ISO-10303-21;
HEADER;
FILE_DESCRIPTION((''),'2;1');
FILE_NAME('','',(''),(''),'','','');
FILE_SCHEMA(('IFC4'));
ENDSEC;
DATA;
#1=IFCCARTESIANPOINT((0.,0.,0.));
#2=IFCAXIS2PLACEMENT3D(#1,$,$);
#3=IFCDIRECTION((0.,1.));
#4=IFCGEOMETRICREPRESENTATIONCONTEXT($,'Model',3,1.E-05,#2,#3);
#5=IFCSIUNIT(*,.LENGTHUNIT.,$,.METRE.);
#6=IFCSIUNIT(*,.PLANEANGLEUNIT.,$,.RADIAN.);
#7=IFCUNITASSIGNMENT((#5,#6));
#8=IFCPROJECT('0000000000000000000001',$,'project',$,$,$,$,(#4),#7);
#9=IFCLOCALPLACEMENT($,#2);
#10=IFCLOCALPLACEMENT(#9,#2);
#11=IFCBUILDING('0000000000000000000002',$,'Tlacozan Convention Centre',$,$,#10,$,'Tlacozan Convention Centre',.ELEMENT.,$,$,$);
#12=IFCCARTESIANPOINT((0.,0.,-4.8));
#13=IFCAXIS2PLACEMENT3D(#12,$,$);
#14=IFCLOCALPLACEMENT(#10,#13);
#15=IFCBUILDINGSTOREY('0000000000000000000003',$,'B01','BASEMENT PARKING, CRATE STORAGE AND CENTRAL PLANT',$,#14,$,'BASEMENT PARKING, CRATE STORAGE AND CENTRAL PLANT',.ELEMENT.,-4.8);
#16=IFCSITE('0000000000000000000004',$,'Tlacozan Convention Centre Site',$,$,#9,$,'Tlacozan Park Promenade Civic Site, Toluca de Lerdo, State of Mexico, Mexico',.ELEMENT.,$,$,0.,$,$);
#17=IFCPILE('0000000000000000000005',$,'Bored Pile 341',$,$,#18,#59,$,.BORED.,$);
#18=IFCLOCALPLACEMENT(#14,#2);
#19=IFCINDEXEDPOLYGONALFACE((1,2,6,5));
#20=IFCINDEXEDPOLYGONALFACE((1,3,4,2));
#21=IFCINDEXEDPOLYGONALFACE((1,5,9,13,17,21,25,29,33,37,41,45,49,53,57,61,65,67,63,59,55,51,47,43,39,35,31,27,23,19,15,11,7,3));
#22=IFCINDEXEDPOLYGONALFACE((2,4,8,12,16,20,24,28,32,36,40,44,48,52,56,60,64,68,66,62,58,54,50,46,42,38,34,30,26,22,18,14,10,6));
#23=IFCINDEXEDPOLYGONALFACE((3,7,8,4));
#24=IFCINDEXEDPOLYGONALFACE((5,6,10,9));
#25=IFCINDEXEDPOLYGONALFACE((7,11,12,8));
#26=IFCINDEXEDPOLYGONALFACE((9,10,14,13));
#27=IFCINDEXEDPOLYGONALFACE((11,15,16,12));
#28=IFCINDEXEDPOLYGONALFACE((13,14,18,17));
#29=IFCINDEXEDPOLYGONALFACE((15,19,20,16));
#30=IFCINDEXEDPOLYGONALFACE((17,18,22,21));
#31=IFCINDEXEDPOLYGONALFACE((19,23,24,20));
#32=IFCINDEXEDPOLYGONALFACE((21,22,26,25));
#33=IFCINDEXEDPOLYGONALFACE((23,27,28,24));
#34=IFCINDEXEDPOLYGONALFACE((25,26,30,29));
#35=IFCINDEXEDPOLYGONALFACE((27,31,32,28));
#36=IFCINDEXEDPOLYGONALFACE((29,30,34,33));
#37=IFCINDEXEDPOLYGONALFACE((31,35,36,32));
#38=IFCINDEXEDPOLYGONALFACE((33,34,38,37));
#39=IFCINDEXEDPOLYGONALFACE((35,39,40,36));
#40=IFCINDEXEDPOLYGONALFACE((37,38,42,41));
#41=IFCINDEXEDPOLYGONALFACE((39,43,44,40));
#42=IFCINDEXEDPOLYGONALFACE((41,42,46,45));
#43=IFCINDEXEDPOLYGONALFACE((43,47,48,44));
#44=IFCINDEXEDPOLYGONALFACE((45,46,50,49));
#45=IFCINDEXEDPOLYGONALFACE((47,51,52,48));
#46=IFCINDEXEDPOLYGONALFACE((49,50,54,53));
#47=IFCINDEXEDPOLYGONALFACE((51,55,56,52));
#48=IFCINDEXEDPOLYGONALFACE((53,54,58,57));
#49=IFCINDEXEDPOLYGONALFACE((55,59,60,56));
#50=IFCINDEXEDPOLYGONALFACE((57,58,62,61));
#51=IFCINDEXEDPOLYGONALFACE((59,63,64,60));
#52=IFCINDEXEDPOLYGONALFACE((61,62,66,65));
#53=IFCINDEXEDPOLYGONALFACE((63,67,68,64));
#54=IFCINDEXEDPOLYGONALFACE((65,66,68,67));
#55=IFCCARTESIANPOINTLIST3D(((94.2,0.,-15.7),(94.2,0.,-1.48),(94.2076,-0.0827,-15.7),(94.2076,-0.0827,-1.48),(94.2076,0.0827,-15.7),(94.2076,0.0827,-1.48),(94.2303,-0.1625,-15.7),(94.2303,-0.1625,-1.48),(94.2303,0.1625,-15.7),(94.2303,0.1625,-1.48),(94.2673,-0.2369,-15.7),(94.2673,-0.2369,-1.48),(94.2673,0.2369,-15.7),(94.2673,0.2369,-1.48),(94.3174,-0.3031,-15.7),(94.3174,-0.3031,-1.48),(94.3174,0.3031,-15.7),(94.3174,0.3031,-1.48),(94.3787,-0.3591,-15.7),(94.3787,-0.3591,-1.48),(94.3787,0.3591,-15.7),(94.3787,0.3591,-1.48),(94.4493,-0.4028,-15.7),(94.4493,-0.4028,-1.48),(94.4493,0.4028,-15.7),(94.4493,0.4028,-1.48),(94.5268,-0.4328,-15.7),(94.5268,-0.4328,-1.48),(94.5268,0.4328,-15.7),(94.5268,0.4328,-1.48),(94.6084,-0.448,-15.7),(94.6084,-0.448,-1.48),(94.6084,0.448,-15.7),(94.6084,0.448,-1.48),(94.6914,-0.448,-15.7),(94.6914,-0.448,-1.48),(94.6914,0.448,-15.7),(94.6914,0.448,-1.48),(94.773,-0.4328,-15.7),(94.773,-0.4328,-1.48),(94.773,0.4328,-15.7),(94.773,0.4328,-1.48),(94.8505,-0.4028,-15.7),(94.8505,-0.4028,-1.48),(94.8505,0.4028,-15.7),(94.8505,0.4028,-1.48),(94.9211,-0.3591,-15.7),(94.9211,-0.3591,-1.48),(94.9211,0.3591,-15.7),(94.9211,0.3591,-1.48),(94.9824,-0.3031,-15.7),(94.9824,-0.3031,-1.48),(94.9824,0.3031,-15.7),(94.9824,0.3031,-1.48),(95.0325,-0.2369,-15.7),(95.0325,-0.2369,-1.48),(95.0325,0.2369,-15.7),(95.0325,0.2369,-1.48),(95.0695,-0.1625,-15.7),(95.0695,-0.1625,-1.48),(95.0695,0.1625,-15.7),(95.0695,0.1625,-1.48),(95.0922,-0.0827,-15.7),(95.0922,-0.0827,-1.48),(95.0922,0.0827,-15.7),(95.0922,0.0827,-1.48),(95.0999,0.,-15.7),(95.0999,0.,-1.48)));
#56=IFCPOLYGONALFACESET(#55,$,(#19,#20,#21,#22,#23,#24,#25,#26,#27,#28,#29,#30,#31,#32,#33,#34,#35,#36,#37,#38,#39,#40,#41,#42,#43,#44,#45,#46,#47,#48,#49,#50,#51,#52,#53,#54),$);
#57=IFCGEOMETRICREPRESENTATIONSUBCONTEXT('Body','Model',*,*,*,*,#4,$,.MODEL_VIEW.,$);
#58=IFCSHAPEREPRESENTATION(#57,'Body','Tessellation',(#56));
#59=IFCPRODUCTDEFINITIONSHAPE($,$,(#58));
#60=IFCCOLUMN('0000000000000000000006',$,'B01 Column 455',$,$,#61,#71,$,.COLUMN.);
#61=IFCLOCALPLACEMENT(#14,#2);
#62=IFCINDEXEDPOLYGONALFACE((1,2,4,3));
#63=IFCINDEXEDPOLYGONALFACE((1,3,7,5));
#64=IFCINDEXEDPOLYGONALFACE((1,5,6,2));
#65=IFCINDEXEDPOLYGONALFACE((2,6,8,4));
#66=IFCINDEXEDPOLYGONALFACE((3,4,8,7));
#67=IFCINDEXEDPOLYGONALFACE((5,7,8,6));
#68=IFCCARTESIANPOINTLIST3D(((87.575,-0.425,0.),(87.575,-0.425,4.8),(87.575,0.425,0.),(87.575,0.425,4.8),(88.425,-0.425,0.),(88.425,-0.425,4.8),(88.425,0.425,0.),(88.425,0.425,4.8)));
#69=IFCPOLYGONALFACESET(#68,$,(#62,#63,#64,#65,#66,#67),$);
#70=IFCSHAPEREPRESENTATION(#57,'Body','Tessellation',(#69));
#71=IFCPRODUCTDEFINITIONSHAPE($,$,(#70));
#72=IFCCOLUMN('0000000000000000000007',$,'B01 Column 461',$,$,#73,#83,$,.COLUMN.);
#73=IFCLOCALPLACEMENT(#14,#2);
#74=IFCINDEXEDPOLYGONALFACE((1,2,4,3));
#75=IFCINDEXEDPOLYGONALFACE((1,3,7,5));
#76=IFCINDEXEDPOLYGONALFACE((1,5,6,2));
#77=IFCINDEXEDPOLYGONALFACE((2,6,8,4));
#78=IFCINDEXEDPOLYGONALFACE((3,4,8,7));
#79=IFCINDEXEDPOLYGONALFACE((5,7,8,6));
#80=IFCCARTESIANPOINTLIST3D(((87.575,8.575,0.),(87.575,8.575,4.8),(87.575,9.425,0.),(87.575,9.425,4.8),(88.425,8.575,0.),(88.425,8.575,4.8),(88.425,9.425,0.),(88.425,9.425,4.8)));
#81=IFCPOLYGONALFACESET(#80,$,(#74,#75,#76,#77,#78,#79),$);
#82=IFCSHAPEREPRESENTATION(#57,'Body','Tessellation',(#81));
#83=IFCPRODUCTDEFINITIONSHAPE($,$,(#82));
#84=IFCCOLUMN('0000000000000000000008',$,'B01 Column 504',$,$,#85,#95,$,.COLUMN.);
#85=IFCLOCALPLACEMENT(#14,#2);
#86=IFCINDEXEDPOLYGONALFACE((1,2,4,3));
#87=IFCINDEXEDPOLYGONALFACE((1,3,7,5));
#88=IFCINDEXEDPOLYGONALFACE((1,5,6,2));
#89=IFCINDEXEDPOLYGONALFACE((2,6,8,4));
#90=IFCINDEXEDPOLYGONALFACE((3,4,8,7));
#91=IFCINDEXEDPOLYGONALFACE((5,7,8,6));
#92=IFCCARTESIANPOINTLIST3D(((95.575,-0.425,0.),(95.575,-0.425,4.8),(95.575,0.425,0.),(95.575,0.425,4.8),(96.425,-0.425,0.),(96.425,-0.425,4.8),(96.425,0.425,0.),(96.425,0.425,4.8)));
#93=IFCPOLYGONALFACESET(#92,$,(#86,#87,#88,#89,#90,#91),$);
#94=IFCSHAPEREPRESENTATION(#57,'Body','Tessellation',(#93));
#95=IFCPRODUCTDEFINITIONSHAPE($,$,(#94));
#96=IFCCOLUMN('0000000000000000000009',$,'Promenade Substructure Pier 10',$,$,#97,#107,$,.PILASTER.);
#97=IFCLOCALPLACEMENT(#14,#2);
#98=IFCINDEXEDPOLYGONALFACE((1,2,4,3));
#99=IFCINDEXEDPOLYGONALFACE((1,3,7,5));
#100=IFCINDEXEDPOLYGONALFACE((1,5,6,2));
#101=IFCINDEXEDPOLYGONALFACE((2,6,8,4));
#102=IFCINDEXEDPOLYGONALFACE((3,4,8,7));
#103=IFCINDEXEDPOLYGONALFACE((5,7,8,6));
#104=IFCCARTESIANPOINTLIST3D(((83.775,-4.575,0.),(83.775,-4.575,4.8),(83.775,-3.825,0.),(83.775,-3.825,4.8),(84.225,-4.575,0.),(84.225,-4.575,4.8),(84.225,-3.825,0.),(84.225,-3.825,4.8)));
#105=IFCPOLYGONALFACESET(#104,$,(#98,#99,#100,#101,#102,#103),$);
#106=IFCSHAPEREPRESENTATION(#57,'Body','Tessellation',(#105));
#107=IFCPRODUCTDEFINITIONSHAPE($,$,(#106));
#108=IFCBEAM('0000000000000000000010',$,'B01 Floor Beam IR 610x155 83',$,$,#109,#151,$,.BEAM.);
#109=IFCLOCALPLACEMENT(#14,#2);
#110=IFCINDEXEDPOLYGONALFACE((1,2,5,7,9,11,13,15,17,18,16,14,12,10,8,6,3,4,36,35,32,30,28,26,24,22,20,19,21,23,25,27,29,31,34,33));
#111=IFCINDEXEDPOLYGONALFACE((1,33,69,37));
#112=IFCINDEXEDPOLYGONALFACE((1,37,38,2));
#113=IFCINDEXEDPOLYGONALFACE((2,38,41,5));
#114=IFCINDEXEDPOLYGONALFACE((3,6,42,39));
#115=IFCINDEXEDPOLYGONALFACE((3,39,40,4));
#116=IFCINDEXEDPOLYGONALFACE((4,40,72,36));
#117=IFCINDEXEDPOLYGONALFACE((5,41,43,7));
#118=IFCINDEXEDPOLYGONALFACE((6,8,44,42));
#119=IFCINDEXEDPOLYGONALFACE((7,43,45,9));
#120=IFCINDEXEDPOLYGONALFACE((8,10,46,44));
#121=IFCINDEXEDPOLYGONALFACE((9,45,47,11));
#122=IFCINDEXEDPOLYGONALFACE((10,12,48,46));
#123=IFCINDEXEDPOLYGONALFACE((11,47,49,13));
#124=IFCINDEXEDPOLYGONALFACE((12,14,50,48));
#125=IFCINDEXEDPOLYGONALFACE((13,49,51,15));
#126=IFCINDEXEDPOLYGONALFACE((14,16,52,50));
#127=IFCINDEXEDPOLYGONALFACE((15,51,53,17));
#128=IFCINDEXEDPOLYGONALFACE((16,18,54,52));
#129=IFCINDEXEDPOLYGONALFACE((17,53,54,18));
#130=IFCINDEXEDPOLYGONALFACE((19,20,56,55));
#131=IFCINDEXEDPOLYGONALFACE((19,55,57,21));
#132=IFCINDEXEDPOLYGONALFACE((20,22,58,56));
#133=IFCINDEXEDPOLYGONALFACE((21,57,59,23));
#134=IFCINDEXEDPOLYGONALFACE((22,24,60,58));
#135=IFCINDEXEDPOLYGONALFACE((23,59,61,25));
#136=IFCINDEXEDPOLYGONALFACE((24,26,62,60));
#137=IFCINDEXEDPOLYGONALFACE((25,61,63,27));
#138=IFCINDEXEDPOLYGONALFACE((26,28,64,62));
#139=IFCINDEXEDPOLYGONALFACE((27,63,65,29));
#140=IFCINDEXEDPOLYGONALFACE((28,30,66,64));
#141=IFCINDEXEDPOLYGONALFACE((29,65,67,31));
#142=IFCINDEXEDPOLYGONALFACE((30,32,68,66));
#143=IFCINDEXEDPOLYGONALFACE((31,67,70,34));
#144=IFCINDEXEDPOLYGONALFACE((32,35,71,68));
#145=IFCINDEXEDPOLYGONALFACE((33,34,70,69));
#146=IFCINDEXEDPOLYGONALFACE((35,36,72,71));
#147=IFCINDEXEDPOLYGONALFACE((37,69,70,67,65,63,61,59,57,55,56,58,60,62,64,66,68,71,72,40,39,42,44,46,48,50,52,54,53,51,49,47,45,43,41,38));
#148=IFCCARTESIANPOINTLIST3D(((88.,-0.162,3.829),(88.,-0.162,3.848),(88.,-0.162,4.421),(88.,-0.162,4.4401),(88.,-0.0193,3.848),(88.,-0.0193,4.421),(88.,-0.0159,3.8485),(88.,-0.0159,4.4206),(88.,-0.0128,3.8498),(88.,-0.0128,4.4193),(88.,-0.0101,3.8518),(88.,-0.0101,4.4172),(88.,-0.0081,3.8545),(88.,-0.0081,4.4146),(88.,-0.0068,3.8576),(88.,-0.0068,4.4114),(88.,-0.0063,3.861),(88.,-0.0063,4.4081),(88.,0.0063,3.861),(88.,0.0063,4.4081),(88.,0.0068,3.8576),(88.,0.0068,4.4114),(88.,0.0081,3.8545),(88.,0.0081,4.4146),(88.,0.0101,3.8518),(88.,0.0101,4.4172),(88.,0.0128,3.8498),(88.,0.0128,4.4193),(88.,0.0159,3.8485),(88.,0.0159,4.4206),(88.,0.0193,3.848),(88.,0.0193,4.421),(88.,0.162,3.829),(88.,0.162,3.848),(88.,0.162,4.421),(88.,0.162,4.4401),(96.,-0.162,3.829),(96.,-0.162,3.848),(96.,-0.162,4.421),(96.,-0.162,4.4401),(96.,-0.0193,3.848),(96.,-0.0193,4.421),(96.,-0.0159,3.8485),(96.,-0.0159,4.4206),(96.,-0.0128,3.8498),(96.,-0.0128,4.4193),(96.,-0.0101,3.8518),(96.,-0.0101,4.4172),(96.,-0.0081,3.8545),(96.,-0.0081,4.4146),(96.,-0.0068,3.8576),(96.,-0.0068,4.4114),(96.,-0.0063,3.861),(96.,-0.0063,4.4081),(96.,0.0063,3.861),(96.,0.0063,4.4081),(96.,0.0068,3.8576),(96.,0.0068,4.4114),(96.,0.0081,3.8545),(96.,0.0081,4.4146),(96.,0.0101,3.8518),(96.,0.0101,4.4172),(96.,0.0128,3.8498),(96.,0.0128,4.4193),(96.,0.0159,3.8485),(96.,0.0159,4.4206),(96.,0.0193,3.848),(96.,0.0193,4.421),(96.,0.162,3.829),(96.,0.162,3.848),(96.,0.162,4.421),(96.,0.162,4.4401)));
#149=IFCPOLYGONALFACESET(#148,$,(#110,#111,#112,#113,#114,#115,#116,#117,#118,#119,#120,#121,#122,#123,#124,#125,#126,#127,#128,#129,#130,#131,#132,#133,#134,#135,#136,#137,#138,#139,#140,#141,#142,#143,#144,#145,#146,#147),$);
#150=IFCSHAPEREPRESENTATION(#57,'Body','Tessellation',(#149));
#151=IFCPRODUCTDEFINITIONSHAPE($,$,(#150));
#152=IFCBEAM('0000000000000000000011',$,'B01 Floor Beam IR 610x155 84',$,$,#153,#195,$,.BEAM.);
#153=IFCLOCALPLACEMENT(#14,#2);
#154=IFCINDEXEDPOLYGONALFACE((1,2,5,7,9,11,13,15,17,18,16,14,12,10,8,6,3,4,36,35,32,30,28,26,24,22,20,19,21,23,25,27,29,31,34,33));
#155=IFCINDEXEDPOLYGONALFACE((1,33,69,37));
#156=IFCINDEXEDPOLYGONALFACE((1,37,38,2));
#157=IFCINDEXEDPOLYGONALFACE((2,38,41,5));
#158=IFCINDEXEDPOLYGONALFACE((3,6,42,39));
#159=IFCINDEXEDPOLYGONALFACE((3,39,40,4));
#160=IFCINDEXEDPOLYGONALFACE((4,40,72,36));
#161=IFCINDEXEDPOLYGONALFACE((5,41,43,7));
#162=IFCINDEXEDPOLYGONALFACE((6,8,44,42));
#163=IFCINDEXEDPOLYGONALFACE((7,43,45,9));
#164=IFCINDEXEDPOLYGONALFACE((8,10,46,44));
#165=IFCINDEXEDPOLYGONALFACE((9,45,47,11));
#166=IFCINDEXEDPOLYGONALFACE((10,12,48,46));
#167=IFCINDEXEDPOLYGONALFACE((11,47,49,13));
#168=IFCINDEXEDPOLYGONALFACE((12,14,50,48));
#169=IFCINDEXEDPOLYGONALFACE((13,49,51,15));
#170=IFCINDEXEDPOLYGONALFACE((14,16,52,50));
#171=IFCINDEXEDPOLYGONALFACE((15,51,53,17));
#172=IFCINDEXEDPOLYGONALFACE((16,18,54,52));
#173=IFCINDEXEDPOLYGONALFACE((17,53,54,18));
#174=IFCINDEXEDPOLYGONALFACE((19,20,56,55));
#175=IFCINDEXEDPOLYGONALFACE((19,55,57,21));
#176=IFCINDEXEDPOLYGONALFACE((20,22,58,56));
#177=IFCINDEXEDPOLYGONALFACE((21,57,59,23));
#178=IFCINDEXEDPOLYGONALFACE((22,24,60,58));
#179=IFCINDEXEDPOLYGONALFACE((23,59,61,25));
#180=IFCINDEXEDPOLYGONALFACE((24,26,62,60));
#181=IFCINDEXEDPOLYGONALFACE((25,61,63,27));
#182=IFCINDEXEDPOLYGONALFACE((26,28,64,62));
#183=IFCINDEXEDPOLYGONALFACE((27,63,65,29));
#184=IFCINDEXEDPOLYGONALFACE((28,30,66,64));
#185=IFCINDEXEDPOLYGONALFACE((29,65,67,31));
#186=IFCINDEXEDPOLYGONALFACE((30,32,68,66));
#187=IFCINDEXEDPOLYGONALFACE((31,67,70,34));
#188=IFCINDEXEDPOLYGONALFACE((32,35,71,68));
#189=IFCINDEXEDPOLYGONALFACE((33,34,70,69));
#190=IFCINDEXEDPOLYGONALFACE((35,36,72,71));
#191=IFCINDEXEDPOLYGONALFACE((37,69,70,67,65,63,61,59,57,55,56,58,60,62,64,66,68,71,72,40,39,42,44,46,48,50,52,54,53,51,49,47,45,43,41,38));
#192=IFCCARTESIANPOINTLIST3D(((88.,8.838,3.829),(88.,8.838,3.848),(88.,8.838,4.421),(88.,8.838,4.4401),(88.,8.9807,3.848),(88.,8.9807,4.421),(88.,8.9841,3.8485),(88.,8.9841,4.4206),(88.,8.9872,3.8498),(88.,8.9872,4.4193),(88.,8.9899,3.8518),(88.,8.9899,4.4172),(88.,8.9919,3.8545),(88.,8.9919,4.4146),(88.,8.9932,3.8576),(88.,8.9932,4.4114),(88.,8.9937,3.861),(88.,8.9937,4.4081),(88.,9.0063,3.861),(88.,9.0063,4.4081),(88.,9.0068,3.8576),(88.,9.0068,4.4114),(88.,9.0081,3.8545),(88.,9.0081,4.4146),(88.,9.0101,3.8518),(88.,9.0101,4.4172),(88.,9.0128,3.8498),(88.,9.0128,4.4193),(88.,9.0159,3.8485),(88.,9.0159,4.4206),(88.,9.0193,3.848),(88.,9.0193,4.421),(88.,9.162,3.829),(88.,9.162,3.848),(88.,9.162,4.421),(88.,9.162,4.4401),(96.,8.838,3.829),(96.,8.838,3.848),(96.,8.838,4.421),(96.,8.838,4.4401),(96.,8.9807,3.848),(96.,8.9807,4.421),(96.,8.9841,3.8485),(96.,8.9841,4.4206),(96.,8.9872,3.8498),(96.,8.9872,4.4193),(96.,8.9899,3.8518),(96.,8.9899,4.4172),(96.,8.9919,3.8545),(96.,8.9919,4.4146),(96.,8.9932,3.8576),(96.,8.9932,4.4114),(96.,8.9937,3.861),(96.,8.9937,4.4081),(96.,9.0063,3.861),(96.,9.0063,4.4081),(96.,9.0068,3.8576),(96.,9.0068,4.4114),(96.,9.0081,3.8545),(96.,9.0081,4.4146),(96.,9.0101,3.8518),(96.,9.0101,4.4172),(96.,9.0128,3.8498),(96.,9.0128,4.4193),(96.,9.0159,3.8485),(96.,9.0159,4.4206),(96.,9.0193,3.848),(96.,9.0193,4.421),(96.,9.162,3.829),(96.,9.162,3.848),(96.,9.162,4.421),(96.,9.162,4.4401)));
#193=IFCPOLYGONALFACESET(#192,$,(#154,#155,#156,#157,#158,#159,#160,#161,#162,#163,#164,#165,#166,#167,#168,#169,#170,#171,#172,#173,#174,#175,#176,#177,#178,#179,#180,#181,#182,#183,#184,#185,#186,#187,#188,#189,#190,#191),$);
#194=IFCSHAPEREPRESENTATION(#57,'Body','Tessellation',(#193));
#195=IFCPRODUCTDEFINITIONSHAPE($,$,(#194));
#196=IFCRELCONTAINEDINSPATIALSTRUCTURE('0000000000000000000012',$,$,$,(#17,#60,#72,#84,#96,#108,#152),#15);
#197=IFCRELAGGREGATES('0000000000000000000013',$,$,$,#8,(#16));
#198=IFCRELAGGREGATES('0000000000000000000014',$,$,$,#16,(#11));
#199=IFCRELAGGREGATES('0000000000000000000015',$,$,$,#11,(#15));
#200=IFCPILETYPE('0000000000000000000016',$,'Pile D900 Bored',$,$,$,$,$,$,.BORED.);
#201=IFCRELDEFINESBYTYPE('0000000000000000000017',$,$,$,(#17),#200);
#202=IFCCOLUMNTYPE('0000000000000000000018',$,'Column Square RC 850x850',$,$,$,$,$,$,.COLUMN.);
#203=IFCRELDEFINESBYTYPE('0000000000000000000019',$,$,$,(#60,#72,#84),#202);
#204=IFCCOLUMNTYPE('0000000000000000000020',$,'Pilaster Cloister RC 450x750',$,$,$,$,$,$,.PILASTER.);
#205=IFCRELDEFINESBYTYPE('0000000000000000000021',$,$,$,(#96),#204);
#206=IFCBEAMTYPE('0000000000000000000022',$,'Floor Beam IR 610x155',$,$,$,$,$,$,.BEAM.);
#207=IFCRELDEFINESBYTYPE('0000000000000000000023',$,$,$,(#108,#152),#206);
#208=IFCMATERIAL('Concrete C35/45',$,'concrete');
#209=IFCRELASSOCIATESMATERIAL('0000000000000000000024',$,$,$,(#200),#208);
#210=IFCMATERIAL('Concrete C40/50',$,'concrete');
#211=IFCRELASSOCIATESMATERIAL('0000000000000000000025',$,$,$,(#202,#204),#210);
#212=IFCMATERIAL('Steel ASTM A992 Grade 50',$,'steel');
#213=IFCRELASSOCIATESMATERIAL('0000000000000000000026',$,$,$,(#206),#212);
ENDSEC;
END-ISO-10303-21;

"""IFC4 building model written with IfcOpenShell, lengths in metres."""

from ifc_helpers import new_model, si_unit, direction, frame, origin, origin_2d, place, context, subcontext, project, spatial, rectangle, circle, i_section, extrude, material, material_profile, profile_set, type_object, element, save


model = new_model("IFC4")

# Units and contexts
model_context = context("Model", 3, precision=1e-05, world=origin(), true_north=direction((0.0, 1.0)))
body_context = subcontext(model_context, "Body", "Model", "MODEL_VIEW")
ifc_project = project(units=[si_unit("LENGTHUNIT", "METRE"), si_unit("PLANEANGLEUNIT", "RADIAN")], contexts=[model_context])

# Site, building, storey
site_placement = place(None, origin())
site = spatial("IfcSite", under=ifc_project, at=site_placement, Name="Tlacozan Convention Centre Site", LongName="Tlacozan Park Promenade Civic Site, Toluca de Lerdo, State of Mexico, Mexico", CompositionType="ELEMENT", RefElevation=0.0)
building_placement = place(site_placement, origin())
building = spatial("IfcBuilding", under=site, at=building_placement, Name="Tlacozan Convention Centre", LongName="Tlacozan Convention Centre", CompositionType="ELEMENT")
storey_placement = place(building_placement, frame((0.0, 0.0, -4.8)))
storey = spatial("IfcBuildingStorey", under=building, at=storey_placement, Name="B01", Description="BASEMENT PARKING, CRATE STORAGE AND CENTRAL PLANT", LongName="BASEMENT PARKING, CRATE STORAGE AND CENTRAL PLANT", CompositionType="ELEMENT", Elevation=-4.8)

# Shared definitions
ifc_material_1 = material(Name="Concrete C35/45", Category="concrete")

# Pile
ifc_material_profile_1 = material_profile(ifc_material_1, circle(Radius=0.45, at=origin_2d()), Name="PILE D900")
ifc_profile_set_1 = profile_set([ifc_material_profile_1], Name="Concrete C35/45")
pile_type_1 = type_object("IfcPileType", Name="Pile D900 Bored", PredefinedType="BORED", material=ifc_profile_set_1)
for number, where, z_axis, x_axis, name in (
    (1, (94.6499, 0.0, -1.48), (0.0, 0.0, -1.0), (1.0, 0.0, 0.0), "Bored Pile 341"),
):
    element("IfcPile", number, at=place(storey_placement, frame(where, z_axis=z_axis, x_axis=x_axis)), inside=storey, type_object=pile_type_1, Name=name, PredefinedType="BORED", context=body_context, shape_type="SweptSolid", body=[
        extrude(circle(Radius=0.45, at=origin_2d()), origin(), (0.0, 0.0, 1.0), 14.22),
    ])

# Columns
ifc_material_2 = material(Name="Concrete C40/50", Category="concrete")
ifc_material_profile_2 = material_profile(ifc_material_2, rectangle(XDim=0.8501, YDim=0.8501, at=origin_2d()), Name="RC 850x850")
ifc_profile_set_2 = profile_set([ifc_material_profile_2], Name="Concrete C40/50")
column_type_1 = type_object("IfcColumnType", Name="Column Square RC 850x850", PredefinedType="COLUMN", material=ifc_profile_set_2)
for number, where, z_axis, x_axis, name in (
    (2, (88.0, 0.0, 0.0), (0.0, 0.0, 1.0), (1.0, 0.0, 0.0), "B01 Column 455"),
    (3, (88.0, 9.0, 0.0), (0.0, 0.0, 1.0), (1.0, 0.0, 0.0), "B01 Column 461"),
    (4, (96.0, 0.0, 0.0), (0.0, 0.0, 1.0), (1.0, 0.0, 0.0), "B01 Column 504"),
):
    element("IfcColumn", number, at=place(storey_placement, frame(where, z_axis=z_axis, x_axis=x_axis)), inside=storey, type_object=column_type_1, Name=name, PredefinedType="COLUMN", context=body_context, shape_type="SweptSolid", body=[
        extrude(rectangle(XDim=0.8501, YDim=0.8501, at=origin_2d()), origin(), (0.0, 0.0, 1.0), 4.8),
    ])
ifc_material_profile_3 = material_profile(ifc_material_2, rectangle(XDim=0.45, YDim=0.75, at=origin_2d()), Name="RC 450x750")
ifc_profile_set_3 = profile_set([ifc_material_profile_3], Name="Concrete C40/50")
column_type_2 = type_object("IfcColumnType", Name="Pilaster Cloister RC 450x750", PredefinedType="PILASTER", material=ifc_profile_set_3)
column_placement = place(storey_placement, frame((84.0, -4.2, 0.0), z_axis=(0.0, 0.0, 1.0), x_axis=(1.0, 0.0, 0.0)))
element("IfcColumn", 5, at=column_placement, inside=storey, type_object=column_type_2, Name="Promenade Substructure Pier 10", PredefinedType="PILASTER", context=body_context, shape_type="SweptSolid", body=[
    extrude(rectangle(XDim=0.45, YDim=0.75, at=origin_2d()), origin(), (0.0, 0.0, 1.0), 4.8),
])

# Beams
ifc_material_3 = material(Name="Steel ASTM A992 Grade 50", Category="steel")
ifc_material_profile_4 = material_profile(ifc_material_3, i_section(OverallWidth=0.324, OverallDepth=0.6111, WebThickness=0.0127, FlangeThickness=0.019, FilletRadius=0.0129, at=origin_2d()), Name="IR 610x155.0")
ifc_profile_set_4 = profile_set([ifc_material_profile_4], Name="Steel ASTM A992 Grade 50")
beam_type_1 = type_object("IfcBeamType", Name="Floor Beam IR 610x155", PredefinedType="BEAM", material=ifc_profile_set_4)
for number, where, z_axis, x_axis, name in (
    (6, (88.0, 0.0, 4.1345), (1.0, 0.0, 0.0), (0.0, 1.0, 0.0), "B01 Floor Beam IR 610x155 83"),
    (7, (88.0, 9.0, 4.1345), (1.0, 0.0, 0.0), (0.0, 1.0, 0.0), "B01 Floor Beam IR 610x155 84"),
):
    element("IfcBeam", number, at=place(storey_placement, frame(where, z_axis=z_axis, x_axis=x_axis)), inside=storey, type_object=beam_type_1, Name=name, PredefinedType="BEAM", context=body_context, shape_type="SweptSolid", body=[
        extrude(i_section(OverallWidth=0.324, OverallDepth=0.6111, WebThickness=0.0127, FlangeThickness=0.019, FilletRadius=0.0129, at=origin_2d()), origin(), (0.0, 0.0, 1.0), 8.0),
    ])

save(model, "model.ifc")
